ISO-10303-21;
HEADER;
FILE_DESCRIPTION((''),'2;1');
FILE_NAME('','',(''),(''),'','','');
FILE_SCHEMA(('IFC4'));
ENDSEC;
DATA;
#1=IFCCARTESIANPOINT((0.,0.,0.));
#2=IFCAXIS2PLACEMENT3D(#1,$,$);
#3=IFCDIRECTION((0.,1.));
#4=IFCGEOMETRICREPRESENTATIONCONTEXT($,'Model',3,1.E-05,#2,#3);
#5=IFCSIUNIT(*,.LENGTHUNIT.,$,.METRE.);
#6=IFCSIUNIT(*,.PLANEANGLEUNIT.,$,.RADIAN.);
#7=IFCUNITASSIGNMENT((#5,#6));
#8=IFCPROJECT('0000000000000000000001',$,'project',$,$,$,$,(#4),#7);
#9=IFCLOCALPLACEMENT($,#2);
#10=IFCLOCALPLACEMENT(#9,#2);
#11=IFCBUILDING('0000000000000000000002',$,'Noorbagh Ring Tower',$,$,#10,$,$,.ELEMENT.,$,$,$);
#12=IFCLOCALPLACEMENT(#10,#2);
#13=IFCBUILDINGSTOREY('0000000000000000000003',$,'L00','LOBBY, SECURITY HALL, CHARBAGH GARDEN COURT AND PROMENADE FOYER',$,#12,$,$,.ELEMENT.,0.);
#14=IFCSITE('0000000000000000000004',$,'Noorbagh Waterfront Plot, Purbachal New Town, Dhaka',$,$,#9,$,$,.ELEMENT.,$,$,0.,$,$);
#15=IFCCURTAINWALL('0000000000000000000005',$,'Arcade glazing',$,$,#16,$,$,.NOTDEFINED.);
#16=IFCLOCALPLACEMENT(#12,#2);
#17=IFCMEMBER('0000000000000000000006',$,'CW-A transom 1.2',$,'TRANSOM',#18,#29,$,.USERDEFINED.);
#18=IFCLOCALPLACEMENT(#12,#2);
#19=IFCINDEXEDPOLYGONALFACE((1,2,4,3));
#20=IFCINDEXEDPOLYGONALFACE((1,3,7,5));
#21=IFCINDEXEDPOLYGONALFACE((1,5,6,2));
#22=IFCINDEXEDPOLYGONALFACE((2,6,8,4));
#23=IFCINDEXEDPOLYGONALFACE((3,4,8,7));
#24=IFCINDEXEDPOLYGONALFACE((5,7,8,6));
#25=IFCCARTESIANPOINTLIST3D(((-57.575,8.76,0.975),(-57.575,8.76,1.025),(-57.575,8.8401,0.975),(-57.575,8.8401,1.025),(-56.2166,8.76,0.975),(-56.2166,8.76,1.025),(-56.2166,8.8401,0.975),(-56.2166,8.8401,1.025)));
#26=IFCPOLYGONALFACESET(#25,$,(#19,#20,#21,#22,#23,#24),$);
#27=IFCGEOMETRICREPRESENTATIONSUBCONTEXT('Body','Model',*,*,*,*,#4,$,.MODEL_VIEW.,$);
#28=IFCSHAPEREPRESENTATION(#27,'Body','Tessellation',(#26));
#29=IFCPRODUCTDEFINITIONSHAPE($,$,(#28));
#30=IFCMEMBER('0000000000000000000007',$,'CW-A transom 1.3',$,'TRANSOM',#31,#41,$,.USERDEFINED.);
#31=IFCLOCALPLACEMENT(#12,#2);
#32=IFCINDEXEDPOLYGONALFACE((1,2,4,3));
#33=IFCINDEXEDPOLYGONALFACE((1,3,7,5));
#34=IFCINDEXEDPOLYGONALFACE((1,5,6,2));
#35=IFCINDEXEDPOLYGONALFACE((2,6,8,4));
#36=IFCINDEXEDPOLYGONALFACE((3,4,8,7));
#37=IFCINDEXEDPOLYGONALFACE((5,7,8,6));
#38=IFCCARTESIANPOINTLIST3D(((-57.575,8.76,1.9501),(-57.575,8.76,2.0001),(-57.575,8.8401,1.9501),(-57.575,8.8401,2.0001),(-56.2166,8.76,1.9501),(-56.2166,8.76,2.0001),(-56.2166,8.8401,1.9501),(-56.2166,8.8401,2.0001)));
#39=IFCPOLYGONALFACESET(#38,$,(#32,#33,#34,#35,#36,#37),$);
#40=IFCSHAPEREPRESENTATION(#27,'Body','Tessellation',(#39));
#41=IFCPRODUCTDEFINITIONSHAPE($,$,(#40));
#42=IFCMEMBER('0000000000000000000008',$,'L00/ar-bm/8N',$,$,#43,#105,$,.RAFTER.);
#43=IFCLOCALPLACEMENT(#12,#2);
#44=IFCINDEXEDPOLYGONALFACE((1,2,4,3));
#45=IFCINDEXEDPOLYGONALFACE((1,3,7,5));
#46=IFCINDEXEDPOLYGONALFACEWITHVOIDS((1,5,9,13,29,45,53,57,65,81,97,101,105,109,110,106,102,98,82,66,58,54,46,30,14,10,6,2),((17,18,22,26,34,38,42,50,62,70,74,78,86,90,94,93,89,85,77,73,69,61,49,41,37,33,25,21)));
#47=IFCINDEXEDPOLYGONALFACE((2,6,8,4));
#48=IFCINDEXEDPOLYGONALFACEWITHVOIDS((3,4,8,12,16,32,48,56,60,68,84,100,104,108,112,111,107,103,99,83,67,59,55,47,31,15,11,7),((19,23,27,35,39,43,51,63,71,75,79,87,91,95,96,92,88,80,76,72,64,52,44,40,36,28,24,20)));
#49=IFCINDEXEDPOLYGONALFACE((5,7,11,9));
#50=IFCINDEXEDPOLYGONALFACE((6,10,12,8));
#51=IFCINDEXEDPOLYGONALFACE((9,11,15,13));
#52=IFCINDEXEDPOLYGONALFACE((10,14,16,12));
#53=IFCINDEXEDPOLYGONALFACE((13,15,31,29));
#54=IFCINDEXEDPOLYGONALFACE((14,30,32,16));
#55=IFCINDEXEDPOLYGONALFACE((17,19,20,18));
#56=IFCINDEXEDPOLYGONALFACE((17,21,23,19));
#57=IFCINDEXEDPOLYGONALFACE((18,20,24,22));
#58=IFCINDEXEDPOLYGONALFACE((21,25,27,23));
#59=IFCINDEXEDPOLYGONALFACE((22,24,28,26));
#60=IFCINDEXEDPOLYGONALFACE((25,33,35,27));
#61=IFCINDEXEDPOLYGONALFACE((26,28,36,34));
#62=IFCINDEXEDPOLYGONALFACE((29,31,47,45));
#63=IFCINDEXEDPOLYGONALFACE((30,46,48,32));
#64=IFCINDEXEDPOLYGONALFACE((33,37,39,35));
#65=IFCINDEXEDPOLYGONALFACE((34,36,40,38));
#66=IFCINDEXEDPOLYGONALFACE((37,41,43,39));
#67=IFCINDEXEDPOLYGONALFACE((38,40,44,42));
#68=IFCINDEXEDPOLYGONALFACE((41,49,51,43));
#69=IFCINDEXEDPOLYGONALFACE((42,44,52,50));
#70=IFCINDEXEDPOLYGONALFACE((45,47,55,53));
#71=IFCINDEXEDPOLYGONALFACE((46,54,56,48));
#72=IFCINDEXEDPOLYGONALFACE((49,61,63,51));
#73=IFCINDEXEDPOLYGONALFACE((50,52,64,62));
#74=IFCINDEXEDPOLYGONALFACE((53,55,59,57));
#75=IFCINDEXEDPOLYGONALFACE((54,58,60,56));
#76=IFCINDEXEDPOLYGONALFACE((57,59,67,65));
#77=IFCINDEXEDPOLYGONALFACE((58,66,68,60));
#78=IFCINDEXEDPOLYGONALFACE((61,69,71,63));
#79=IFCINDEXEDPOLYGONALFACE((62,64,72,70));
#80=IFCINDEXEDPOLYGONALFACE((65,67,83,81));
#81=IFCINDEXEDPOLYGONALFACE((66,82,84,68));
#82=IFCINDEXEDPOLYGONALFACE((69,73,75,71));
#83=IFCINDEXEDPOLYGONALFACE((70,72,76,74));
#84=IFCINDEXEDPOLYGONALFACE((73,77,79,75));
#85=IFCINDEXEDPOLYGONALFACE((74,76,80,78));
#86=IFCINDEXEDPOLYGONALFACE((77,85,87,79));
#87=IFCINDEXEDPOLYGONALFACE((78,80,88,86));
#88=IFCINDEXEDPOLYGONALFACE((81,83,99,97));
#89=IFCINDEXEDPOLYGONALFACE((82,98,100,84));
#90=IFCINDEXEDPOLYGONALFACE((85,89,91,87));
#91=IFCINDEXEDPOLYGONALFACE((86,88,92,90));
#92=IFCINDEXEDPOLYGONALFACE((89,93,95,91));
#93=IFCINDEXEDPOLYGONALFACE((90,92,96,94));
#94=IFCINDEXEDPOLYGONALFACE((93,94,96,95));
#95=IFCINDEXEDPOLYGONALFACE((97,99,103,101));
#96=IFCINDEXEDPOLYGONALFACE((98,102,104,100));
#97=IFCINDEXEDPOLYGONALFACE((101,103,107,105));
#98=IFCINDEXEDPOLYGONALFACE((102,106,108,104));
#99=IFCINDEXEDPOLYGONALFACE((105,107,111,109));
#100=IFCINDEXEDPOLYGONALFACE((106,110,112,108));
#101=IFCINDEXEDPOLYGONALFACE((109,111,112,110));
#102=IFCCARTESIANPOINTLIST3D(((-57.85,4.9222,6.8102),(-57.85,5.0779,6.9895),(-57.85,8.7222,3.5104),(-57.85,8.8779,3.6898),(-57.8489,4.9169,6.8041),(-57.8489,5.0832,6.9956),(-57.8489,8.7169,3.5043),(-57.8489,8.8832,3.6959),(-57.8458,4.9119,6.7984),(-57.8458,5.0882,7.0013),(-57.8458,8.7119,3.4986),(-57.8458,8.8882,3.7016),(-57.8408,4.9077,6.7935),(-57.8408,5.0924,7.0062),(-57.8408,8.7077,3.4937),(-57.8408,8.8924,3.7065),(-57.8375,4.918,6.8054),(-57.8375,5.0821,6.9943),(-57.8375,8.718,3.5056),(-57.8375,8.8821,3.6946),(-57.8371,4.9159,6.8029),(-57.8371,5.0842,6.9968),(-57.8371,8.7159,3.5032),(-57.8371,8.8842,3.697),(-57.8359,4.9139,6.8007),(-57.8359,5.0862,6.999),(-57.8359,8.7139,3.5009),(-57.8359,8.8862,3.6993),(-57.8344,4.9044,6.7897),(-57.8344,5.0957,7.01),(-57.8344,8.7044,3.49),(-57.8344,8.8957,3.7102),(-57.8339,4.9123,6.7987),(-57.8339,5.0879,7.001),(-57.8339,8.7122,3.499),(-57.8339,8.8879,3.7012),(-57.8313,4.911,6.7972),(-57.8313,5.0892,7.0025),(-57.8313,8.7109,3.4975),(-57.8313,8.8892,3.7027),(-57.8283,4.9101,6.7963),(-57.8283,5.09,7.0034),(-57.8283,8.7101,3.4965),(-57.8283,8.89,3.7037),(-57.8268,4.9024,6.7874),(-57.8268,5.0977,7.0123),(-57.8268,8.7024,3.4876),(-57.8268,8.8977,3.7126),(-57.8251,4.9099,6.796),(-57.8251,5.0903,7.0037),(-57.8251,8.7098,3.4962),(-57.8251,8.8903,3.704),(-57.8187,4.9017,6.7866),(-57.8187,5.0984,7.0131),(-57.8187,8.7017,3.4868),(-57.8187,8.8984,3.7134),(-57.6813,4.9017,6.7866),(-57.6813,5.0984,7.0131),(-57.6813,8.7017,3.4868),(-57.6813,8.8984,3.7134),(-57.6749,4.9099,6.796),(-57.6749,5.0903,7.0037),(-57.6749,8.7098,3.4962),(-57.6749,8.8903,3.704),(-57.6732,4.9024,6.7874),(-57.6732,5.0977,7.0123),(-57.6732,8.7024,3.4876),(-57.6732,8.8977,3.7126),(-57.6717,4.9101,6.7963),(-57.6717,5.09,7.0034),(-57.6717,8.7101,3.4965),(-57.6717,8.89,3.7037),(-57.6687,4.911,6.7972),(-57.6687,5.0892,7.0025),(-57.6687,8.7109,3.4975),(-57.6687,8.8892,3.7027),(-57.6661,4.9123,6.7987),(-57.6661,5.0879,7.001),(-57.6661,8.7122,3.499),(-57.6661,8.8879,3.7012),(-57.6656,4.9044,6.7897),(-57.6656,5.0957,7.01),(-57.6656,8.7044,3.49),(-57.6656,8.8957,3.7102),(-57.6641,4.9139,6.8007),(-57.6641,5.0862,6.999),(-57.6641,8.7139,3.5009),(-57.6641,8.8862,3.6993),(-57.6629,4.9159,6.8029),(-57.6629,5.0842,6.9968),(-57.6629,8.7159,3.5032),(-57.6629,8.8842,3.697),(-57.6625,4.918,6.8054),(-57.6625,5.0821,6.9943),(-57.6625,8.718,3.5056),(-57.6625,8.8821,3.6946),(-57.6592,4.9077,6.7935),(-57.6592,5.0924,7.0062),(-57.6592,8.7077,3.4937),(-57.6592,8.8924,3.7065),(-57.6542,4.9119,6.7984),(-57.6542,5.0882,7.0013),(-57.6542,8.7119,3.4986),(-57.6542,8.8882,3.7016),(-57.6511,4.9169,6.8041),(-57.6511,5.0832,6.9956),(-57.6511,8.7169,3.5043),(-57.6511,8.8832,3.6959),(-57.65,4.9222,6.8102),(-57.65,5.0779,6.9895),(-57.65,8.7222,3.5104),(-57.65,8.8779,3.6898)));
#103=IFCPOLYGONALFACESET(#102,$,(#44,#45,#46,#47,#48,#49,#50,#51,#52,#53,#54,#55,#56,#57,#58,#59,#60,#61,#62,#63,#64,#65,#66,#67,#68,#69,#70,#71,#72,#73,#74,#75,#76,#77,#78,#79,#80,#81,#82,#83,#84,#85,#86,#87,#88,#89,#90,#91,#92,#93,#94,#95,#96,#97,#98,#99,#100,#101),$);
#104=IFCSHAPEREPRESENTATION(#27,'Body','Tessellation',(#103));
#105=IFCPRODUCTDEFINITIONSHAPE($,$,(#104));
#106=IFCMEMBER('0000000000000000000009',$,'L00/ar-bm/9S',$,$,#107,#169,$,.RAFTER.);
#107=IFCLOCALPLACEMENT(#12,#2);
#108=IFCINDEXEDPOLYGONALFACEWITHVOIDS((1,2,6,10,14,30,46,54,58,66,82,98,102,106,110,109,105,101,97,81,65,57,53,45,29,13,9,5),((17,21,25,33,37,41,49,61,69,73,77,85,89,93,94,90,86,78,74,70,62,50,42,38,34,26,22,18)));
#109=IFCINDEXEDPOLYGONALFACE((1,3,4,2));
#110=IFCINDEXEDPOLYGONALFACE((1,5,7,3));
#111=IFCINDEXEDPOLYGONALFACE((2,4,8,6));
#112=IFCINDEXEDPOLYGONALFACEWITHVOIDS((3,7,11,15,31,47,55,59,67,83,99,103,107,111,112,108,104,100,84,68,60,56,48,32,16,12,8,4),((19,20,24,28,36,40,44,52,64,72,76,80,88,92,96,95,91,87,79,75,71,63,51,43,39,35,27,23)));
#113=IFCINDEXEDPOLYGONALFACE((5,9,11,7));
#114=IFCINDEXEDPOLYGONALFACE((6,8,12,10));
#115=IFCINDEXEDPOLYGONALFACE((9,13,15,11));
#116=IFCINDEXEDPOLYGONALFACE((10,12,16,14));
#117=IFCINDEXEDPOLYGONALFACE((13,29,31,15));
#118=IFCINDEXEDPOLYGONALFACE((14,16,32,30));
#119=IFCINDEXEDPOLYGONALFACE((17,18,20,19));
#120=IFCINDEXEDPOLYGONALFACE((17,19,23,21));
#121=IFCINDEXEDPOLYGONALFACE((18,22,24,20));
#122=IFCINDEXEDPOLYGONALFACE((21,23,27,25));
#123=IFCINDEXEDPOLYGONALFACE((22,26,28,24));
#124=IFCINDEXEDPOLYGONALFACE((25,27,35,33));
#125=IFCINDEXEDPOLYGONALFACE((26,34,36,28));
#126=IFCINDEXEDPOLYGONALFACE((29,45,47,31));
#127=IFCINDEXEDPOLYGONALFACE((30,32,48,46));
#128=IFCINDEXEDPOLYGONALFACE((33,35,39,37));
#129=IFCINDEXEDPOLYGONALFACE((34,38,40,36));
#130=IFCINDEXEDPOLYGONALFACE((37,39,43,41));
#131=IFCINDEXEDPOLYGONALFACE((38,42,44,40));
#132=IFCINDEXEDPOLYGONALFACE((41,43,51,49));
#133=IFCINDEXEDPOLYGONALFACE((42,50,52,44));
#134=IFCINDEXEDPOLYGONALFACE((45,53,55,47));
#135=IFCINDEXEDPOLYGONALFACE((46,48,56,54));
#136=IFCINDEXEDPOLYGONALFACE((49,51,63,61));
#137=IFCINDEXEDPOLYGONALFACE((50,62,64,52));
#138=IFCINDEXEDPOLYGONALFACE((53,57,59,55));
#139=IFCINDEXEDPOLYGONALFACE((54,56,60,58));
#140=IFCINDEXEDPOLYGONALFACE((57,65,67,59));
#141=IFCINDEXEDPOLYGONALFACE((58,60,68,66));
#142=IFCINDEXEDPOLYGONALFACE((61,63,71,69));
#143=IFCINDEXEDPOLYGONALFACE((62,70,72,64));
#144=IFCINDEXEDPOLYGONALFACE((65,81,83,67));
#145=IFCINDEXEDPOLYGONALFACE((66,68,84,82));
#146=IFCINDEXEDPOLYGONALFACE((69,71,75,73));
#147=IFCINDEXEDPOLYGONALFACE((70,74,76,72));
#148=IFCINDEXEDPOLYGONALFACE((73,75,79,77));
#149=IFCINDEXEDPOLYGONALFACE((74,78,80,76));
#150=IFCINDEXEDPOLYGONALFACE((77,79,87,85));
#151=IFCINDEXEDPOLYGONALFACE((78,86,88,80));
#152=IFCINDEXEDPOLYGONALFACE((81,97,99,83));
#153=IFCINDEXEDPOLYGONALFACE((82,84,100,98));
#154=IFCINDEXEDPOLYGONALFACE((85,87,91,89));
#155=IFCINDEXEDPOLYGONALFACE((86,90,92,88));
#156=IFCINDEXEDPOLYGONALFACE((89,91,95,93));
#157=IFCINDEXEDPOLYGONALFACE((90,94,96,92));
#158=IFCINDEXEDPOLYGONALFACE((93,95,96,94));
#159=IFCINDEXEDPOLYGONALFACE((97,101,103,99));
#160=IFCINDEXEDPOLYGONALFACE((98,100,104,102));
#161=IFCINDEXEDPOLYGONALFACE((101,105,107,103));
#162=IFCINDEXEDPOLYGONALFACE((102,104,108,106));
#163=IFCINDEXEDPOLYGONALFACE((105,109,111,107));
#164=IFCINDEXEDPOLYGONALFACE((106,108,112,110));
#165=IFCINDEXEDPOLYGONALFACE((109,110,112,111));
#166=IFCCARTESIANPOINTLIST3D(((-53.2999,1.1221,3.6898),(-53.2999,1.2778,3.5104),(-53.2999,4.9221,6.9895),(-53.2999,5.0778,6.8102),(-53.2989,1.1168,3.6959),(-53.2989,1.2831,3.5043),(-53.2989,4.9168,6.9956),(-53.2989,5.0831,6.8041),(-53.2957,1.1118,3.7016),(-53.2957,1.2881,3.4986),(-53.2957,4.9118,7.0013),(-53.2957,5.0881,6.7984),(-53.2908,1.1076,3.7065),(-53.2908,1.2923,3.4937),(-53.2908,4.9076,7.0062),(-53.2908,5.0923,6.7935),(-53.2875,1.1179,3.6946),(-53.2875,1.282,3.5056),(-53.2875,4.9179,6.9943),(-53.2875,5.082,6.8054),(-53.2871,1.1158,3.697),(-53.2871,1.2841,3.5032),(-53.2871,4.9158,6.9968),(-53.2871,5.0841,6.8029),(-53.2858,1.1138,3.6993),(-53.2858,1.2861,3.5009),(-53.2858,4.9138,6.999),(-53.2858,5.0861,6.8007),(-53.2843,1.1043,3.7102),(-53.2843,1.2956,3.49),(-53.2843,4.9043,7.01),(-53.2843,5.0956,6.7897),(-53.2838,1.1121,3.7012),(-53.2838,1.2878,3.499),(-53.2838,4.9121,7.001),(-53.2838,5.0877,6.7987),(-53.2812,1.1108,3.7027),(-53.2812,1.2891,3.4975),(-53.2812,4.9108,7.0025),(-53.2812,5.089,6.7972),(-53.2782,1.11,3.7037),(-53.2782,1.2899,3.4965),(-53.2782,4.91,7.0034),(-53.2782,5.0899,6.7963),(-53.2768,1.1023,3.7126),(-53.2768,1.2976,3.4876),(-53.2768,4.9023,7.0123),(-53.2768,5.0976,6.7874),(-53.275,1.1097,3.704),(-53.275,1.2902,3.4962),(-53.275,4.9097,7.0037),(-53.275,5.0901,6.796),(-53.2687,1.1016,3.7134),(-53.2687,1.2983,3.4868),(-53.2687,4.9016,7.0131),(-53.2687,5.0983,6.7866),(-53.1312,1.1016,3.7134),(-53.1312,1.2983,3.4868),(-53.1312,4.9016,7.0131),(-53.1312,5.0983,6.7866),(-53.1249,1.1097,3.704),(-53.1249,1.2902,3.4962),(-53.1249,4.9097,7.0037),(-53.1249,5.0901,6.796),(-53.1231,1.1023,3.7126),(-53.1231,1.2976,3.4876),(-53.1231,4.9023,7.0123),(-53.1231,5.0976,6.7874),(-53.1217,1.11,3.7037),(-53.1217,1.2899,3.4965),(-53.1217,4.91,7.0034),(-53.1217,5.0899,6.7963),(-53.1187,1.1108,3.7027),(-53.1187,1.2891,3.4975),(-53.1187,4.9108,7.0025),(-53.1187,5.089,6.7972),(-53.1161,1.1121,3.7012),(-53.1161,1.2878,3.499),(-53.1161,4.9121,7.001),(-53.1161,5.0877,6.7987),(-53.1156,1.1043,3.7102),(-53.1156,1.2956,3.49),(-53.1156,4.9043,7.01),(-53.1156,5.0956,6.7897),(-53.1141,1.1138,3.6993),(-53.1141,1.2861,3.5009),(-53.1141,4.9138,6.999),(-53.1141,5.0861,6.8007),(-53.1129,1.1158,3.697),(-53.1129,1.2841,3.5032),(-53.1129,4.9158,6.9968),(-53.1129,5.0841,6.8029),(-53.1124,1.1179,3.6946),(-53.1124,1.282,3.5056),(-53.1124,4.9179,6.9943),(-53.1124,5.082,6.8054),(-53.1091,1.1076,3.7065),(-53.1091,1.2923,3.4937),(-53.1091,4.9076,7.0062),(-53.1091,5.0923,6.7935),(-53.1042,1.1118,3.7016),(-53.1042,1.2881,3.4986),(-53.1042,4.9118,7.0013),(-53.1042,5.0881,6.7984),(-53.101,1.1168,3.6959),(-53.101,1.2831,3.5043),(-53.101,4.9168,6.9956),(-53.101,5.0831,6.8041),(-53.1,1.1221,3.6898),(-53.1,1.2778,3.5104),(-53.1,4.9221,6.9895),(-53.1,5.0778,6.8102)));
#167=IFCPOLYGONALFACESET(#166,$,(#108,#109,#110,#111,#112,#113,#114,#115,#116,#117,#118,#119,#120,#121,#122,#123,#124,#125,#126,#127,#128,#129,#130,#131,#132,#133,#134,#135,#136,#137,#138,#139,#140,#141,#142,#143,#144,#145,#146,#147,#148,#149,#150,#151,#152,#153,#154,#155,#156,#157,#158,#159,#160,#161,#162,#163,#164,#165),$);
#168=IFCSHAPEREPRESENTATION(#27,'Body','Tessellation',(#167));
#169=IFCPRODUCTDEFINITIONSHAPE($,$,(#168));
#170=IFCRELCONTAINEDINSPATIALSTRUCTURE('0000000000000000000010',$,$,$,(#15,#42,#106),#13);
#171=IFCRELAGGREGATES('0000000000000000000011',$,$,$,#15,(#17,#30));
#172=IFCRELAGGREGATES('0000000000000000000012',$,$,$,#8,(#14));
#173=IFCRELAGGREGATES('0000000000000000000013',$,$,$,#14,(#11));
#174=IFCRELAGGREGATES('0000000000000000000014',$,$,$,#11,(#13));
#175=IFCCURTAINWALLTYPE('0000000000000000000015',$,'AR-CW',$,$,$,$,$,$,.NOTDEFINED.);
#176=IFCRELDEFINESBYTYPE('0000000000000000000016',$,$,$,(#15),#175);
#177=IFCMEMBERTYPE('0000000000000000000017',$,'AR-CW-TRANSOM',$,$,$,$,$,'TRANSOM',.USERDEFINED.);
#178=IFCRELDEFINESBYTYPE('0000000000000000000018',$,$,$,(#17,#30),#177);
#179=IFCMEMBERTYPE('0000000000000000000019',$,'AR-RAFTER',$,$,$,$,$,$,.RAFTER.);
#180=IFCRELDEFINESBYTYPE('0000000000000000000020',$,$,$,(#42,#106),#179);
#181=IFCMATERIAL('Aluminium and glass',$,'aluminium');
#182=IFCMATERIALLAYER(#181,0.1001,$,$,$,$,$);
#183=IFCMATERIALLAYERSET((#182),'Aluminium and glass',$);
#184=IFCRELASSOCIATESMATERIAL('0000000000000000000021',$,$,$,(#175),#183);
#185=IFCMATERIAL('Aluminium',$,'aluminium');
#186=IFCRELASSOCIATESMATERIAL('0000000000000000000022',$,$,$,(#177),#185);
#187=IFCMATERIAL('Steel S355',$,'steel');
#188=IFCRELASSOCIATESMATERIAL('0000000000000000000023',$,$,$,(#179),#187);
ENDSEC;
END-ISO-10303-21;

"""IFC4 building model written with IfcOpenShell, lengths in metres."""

from ifc_helpers import new_model, si_unit, direction, frame, origin, origin_2d, place, context, subcontext, project, spatial, rectangle, hollow_rectangle, extrude, material, layer, layer_set, material_profile, profile_set, type_object, element, aggregate, save


model = new_model("IFC4")

# Units and contexts
model_context = context("Model", 3, precision=1e-05, world=origin(), true_north=direction((0.0, 1.0)))
body_context = subcontext(model_context, "Body", "Model", "MODEL_VIEW")
ifc_project = project(units=[si_unit("LENGTHUNIT", "METRE"), si_unit("PLANEANGLEUNIT", "RADIAN")], contexts=[model_context])

# Site, building, storey
site_placement = place(None, origin())
site = spatial("IfcSite", under=ifc_project, at=site_placement, Name="Noorbagh Waterfront Plot, Purbachal New Town, Dhaka", CompositionType="ELEMENT", RefElevation=0.0)
building_placement = place(site_placement, origin())
building = spatial("IfcBuilding", under=site, at=building_placement, Name="Noorbagh Ring Tower", CompositionType="ELEMENT")
storey_placement = place(building_placement, origin())
storey = spatial("IfcBuildingStorey", under=building, at=storey_placement, Name="L00", Description="LOBBY, SECURITY HALL, CHARBAGH GARDEN COURT AND PROMENADE FOYER", CompositionType="ELEMENT", Elevation=0.0)

# Shared definitions
ifc_material_1 = material(Name="Aluminium and glass", Category="aluminium")
ifc_layer_1 = layer(ifc_material_1, 0.1001)
ifc_layer_set_1 = layer_set([ifc_layer_1], Name="Aluminium and glass")
curtain_wall_type = type_object("IfcCurtainWallType", Name="AR-CW", PredefinedType="NOTDEFINED", material=ifc_layer_set_1)

# Curtain wall
curtain_wall_1_placement = place(storey_placement, origin())
curtain_wall_1 = element("IfcCurtainWall", 1, at=curtain_wall_1_placement, inside=storey, type_object=curtain_wall_type, Name="Arcade glazing", PredefinedType="NOTDEFINED")

# Members
ifc_material_2 = material(Name="Aluminium", Category="aluminium")
ifc_material_profile_1 = material_profile(ifc_material_2, rectangle(XDim=0.0801, YDim=0.05, at=origin_2d()), Name="AL 80x50")
ifc_profile_set_1 = profile_set([ifc_material_profile_1], Name="Aluminium")
member_type_1 = type_object("IfcMemberType", Name="AR-CW-TRANSOM", ElementType="TRANSOM", PredefinedType="USERDEFINED", material=ifc_profile_set_1)
member_1_placement = place(storey_placement, frame((-57.575, 8.8, 1.0), z_axis=(1.0, 0.0, 0.0), x_axis=(0.0, 1.0, 0.0)))
member_1 = element("IfcMember", 2, at=member_1_placement, type_object=member_type_1, Name="CW-A transom 1.2", ObjectType="TRANSOM", PredefinedType="USERDEFINED", context=body_context, shape_type="SweptSolid", body=[
    extrude(rectangle(XDim=0.0801, YDim=0.05, at=origin_2d()), origin(), (0.0, 0.0, 1.0), 1.3584),
])
member_2_placement = place(storey_placement, frame((-57.575, 8.8, 1.9751), z_axis=(1.0, 0.0, 0.0), x_axis=(0.0, 1.0, 0.0)))
member_2 = element("IfcMember", 3, at=member_2_placement, type_object=member_type_1, Name="CW-A transom 1.3", ObjectType="TRANSOM", PredefinedType="USERDEFINED", context=body_context, shape_type="SweptSolid", body=[
    extrude(rectangle(XDim=0.0801, YDim=0.05, at=origin_2d()), origin(), (0.0, 0.0, 1.0), 1.3584),
])

# Members
ifc_material_3 = material(Name="Steel S355", Category="steel")
ifc_material_profile_2 = material_profile(ifc_material_3, hollow_rectangle(XDim=0.2, YDim=0.3, WallThickness=0.0125, InnerFilletRadius=0.0125, OuterFilletRadius=0.0312, at=origin_2d()), Name="RHS300x200x12.5")
ifc_profile_set_2 = profile_set([ifc_material_profile_2], Name="Steel S355")
member_type_2 = type_object("IfcMemberType", Name="AR-RAFTER", PredefinedType="RAFTER", material=ifc_profile_set_2)
for number, where, z_axis, x_axis, name in (
    (4, (-57.75, 8.8, 3.6001), (0.0, -0.755057, 0.65566), (1.0, 0.0, 0.0), "L00/ar-bm/8N"),
    (5, (-53.2, 1.2, 3.6001), (0.0, 0.755057, 0.65566), (-1.0, 0.0, 0.0), "L00/ar-bm/9S"),
):
    element("IfcMember", number, at=place(storey_placement, frame(where, z_axis=z_axis, x_axis=x_axis)), inside=storey, type_object=member_type_2, Name=name, PredefinedType="RAFTER", context=body_context, shape_type="SweptSolid", body=[
        extrude(hollow_rectangle(XDim=0.2, YDim=0.3, WallThickness=0.0125, InnerFilletRadius=0.0125, OuterFilletRadius=0.0312, at=origin_2d()), origin(), (0.0, 0.0, 1.0), 5.0327),
    ])

aggregate(curtain_wall_1, [member_1, member_2])

save(model, "model.ifc")
